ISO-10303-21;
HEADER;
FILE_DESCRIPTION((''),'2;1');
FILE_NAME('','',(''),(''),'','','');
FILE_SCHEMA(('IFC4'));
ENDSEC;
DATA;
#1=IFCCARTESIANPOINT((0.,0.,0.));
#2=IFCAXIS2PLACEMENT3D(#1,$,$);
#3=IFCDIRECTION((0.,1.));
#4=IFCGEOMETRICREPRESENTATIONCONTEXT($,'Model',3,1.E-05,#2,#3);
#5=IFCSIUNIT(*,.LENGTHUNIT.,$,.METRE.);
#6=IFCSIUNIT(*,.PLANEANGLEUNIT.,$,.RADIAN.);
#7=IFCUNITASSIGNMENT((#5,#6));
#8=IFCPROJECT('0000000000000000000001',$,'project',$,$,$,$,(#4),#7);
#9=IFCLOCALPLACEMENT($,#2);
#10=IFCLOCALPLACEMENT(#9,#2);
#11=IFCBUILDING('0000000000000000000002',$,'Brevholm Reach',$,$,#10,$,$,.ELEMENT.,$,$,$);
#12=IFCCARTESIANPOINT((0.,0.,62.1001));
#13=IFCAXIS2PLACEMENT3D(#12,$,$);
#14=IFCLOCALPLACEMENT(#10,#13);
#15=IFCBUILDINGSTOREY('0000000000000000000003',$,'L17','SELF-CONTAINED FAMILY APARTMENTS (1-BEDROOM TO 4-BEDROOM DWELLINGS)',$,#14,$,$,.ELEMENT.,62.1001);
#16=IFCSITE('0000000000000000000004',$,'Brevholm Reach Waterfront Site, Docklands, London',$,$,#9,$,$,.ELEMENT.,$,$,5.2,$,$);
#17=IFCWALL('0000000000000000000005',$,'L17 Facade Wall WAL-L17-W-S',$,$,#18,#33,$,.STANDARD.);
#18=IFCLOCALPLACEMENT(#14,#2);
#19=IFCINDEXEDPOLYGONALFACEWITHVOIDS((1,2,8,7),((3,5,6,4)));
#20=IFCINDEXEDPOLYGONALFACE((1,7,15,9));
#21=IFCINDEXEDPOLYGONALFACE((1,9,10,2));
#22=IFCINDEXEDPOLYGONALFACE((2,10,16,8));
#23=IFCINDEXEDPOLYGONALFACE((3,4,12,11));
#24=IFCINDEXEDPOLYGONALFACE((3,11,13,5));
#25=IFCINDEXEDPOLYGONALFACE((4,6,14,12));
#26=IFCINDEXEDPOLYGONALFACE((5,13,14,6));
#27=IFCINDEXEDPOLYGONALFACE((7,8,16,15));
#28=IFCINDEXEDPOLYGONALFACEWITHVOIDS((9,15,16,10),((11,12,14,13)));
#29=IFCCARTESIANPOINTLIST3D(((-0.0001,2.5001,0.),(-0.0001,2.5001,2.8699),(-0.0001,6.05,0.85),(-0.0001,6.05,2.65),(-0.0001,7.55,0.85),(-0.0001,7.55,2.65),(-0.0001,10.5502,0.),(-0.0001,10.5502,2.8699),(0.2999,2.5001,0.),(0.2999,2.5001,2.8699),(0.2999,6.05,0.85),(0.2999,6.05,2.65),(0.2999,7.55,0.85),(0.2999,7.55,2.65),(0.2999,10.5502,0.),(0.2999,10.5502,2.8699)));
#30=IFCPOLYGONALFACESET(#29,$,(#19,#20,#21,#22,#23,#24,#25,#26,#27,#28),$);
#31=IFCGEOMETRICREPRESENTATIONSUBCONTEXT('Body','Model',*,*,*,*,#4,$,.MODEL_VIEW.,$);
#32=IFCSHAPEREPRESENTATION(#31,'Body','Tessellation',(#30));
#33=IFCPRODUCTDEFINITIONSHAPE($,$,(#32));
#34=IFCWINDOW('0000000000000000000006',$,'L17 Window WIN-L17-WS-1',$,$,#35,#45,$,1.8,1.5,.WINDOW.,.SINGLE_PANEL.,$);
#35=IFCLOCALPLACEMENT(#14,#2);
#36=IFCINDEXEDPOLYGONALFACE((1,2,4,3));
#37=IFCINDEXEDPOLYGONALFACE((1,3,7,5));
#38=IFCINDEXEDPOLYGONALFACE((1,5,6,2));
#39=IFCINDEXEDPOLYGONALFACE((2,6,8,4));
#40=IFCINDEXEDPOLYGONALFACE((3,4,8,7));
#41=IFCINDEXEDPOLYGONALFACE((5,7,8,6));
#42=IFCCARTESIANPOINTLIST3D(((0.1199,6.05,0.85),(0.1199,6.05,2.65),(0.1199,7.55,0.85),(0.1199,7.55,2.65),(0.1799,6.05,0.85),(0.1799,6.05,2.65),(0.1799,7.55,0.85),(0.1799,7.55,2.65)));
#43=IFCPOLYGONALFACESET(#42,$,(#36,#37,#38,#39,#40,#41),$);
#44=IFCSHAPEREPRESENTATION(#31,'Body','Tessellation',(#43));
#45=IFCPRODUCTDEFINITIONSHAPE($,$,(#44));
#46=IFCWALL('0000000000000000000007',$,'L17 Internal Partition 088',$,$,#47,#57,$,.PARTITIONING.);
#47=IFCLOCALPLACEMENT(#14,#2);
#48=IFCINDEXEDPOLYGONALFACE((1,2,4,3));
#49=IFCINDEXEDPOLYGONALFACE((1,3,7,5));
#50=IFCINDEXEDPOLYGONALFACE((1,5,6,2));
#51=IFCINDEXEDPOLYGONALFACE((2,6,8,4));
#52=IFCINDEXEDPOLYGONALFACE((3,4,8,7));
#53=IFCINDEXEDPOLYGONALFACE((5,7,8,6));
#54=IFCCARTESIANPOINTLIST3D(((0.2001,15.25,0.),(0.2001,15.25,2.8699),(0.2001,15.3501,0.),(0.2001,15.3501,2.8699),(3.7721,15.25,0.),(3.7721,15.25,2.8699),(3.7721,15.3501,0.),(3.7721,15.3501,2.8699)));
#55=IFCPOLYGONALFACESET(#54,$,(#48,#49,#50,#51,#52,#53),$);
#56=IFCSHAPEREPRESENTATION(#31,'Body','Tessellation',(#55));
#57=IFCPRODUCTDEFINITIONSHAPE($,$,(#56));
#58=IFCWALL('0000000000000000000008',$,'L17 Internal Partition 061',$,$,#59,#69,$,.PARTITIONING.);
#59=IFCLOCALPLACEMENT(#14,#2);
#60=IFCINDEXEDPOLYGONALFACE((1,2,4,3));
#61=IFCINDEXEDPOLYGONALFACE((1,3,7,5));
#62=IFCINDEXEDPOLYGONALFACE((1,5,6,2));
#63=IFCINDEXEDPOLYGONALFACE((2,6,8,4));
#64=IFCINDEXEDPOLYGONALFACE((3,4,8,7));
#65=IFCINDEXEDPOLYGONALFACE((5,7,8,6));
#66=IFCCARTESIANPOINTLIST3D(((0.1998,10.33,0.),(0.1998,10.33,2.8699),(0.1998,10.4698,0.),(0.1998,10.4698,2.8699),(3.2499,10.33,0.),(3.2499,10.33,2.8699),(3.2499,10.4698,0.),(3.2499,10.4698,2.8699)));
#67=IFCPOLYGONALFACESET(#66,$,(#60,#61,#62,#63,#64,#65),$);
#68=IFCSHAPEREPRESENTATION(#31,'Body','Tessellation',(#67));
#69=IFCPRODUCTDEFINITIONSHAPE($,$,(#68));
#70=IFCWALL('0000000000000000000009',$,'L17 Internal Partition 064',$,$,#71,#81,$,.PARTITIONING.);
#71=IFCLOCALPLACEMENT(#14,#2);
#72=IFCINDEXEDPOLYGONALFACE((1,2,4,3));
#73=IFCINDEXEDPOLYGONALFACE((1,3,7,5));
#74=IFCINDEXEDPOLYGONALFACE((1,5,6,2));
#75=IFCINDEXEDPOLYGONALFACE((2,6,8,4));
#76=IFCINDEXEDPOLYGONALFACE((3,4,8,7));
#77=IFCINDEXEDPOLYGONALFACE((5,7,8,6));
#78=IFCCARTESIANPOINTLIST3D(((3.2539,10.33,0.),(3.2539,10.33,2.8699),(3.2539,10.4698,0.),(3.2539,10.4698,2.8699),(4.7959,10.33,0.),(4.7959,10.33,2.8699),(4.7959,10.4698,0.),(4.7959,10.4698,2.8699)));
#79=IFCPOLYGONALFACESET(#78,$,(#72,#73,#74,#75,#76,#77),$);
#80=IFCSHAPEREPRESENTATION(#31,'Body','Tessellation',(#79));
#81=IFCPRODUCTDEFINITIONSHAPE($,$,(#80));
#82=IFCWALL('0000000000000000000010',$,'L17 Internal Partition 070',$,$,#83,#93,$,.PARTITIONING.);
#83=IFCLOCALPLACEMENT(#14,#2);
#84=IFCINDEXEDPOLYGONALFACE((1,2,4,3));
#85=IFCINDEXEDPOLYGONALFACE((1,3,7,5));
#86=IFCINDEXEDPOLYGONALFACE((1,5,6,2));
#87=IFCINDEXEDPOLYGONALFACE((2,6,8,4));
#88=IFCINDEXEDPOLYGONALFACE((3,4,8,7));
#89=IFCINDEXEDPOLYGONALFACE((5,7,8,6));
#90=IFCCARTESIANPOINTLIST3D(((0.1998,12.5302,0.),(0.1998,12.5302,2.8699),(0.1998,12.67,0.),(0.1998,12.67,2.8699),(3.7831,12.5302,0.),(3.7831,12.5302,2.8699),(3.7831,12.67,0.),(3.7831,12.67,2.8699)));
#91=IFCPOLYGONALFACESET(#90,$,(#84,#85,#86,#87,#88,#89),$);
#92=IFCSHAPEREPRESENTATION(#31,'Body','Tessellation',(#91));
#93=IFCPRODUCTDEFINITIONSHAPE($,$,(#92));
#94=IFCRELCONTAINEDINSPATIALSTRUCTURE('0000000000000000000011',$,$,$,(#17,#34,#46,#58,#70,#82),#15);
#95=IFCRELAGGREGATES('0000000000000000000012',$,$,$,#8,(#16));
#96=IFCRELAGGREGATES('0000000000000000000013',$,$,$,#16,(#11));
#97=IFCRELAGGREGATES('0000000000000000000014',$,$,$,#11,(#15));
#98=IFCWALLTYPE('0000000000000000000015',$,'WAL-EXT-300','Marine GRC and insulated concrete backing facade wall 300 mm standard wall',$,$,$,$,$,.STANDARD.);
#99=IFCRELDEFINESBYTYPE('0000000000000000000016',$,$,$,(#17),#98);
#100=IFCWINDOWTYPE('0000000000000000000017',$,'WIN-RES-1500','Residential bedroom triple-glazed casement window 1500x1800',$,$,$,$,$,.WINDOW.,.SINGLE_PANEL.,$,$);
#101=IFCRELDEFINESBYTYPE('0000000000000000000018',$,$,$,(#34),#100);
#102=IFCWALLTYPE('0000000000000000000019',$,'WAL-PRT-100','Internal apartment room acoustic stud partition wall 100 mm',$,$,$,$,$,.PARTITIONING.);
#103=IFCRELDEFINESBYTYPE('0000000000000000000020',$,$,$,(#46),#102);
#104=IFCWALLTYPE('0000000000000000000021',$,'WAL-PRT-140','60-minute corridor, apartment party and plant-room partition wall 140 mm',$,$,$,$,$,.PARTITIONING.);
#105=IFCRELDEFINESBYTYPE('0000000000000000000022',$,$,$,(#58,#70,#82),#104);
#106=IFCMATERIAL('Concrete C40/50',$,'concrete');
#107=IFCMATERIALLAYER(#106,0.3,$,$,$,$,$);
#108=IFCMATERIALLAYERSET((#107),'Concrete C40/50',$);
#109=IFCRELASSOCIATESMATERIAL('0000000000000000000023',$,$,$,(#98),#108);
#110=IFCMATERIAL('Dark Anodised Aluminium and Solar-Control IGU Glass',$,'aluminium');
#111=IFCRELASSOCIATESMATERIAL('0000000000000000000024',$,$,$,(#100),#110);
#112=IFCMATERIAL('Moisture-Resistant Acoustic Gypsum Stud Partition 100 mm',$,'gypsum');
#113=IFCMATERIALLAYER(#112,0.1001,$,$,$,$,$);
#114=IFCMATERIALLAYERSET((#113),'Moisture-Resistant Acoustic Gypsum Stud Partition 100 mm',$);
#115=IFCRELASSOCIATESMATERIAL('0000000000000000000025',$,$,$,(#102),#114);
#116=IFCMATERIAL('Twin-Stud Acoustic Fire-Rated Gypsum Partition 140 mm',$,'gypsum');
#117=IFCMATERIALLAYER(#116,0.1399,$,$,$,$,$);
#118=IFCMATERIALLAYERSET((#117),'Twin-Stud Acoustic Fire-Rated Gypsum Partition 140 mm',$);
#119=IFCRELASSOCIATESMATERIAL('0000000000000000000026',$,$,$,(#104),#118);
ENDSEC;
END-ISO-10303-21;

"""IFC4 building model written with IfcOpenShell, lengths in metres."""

from ifc_helpers import new_model, si_unit, direction, frame, frame_2d, origin, place, context, subcontext, project, spatial, rectangle, extrude, material, layer, layer_set, type_object, element, fill, save


model = new_model("IFC4")

# Units and contexts
model_context = context("Model", 3, precision=1e-05, world=origin(), true_north=direction((0.0, 1.0)))
body_context = subcontext(model_context, "Body", "Model", "MODEL_VIEW")
ifc_project = project(units=[si_unit("LENGTHUNIT", "METRE"), si_unit("PLANEANGLEUNIT", "RADIAN")], contexts=[model_context])

# Site, building, storey
site_placement = place(None, origin())
site = spatial("IfcSite", under=ifc_project, at=site_placement, Name="Brevholm Reach Waterfront Site, Docklands, London", CompositionType="ELEMENT", RefElevation=5.2)
building_placement = place(site_placement, origin())
building = spatial("IfcBuilding", under=site, at=building_placement, Name="Brevholm Reach", CompositionType="ELEMENT")
storey_placement = place(building_placement, frame((0.0, 0.0, 62.1001)))
storey = spatial("IfcBuildingStorey", under=building, at=storey_placement, Name="L17", Description="SELF-CONTAINED FAMILY APARTMENTS (1-BEDROOM TO 4-BEDROOM DWELLINGS)", CompositionType="ELEMENT", Elevation=62.1001)

# Wall, opening, window
ifc_material_1 = material(Name="Concrete C40/50", Category="concrete")
ifc_layer_1 = layer(ifc_material_1, 0.3)
ifc_layer_set_1 = layer_set([ifc_layer_1], Name="Concrete C40/50")
wall_type_1 = type_object("IfcWallType", Name="WAL-EXT-300", Description="Marine GRC and insulated concrete backing facade wall 300 mm standard wall", PredefinedType="STANDARD", material=ifc_layer_set_1)
wall_1_placement = place(storey_placement, frame((0.1499, 10.55, 0.0), z_axis=(0.0, 0.0, 1.0), x_axis=(0.0, -1.0, 0.0)))
wall_1 = element("IfcWall", 1, at=wall_1_placement, inside=storey, type_object=wall_type_1, Name="L17 Facade Wall WAL-L17-W-S", PredefinedType="STANDARD", context=body_context, shape_type="SweptSolid", body=[
    extrude(rectangle(XDim=8.05, YDim=0.3, at=frame_2d((4.0249, 0.0))), origin(), (0.0, 0.0, 1.0), 2.8699),
])
opening_placement = place(wall_1_placement, frame((3.0, 0.0, 0.8501)))
opening = element("IfcOpeningElement", 2, at=opening_placement, cuts=wall_1, PredefinedType="OPENING", context=body_context, shape_type="SweptSolid", body=[
    extrude(rectangle(XDim=1.5, YDim=1.8, at=frame_2d((0.75, 0.8999))), frame((0.0, 0.1599, 0.0), z_axis=(0.0, -1.0, 0.0), x_axis=(1.0, 0.0, 0.0)), (0.0, 0.0, 1.0), 0.3201),
])
ifc_material_2 = material(Name="Dark Anodised Aluminium and Solar-Control IGU Glass", Category="aluminium")
window_type = type_object("IfcWindowType", Name="WIN-RES-1500", Description="Residential bedroom triple-glazed casement window 1500x1800", PartitioningType="SINGLE_PANEL", PredefinedType="WINDOW", material=ifc_material_2)
window_placement = place(opening_placement, origin())
window = element("IfcWindow", 3, at=window_placement, inside=storey, type_object=window_type, Name="L17 Window WIN-L17-WS-1", OverallHeight=1.8, OverallWidth=1.5, PartitioningType="SINGLE_PANEL", PredefinedType="WINDOW", context=body_context, shape_type="SweptSolid", body=[
    extrude(rectangle(XDim=1.5, YDim=1.8, at=frame_2d((0.75, 0.8999))), frame((0.0, 0.03, 0.0), z_axis=(0.0, -1.0, 0.0), x_axis=(1.0, 0.0, 0.0)), (0.0, 0.0, 1.0), 0.0601),
])
fill(opening, window)

# Walls
ifc_material_3 = material(Name="Moisture-Resistant Acoustic Gypsum Stud Partition 100 mm", Category="gypsum")
ifc_layer_2 = layer(ifc_material_3, 0.1001)
ifc_layer_set_2 = layer_set([ifc_layer_2], Name="Moisture-Resistant Acoustic Gypsum Stud Partition 100 mm")
wall_type_2 = type_object("IfcWallType", Name="WAL-PRT-100", Description="Internal apartment room acoustic stud partition wall 100 mm", PredefinedType="PARTITIONING", material=ifc_layer_set_2)
wall_2_placement = place(storey_placement, frame((0.2, 15.3, 0.0), z_axis=(0.0, 0.0, 1.0), x_axis=(1.0, 0.0, 0.0)))
element("IfcWall", 4, at=wall_2_placement, inside=storey, type_object=wall_type_2, Name="L17 Internal Partition 088", PredefinedType="PARTITIONING", context=body_context, shape_type="SweptSolid", body=[
    extrude(rectangle(XDim=3.572, YDim=0.1001, at=frame_2d((1.7861, 0.0))), origin(), (0.0, 0.0, 1.0), 2.8699),
])
ifc_material_4 = material(Name="Twin-Stud Acoustic Fire-Rated Gypsum Partition 140 mm", Category="gypsum")
ifc_layer_3 = layer(ifc_material_4, 0.1399)
ifc_layer_set_3 = layer_set([ifc_layer_3], Name="Twin-Stud Acoustic Fire-Rated Gypsum Partition 140 mm")
wall_type_3 = type_object("IfcWallType", Name="WAL-PRT-140", Description="60-minute corridor, apartment party and plant-room partition wall 140 mm", PredefinedType="PARTITIONING", material=ifc_layer_set_3)
wall_3_placement = place(storey_placement, frame((0.2, 10.3999, 0.0), z_axis=(0.0, 0.0, 1.0), x_axis=(1.0, 0.0, 0.0)))
element("IfcWall", 5, at=wall_3_placement, inside=storey, type_object=wall_type_3, Name="L17 Internal Partition 061", PredefinedType="PARTITIONING", context=body_context, shape_type="SweptSolid", body=[
    extrude(rectangle(XDim=3.05, YDim=0.1399, at=frame_2d((1.5249, 0.0))), origin(), (0.0, 0.0, 1.0), 2.8699),
])
wall_4_placement = place(storey_placement, frame((3.2539, 10.3999, 0.0), z_axis=(0.0, 0.0, 1.0), x_axis=(1.0, 0.0, 0.0)))
element("IfcWall", 6, at=wall_4_placement, inside=storey, type_object=wall_type_3, Name="L17 Internal Partition 064", PredefinedType="PARTITIONING", context=body_context, shape_type="SweptSolid", body=[
    extrude(rectangle(XDim=1.542, YDim=0.1399, at=frame_2d((0.771, 0.0))), origin(), (0.0, 0.0, 1.0), 2.8699),
])
wall_5_placement = place(storey_placement, frame((0.2, 12.6001, 0.0), z_axis=(0.0, 0.0, 1.0), x_axis=(1.0, 0.0, 0.0)))
element("IfcWall", 7, at=wall_5_placement, inside=storey, type_object=wall_type_3, Name="L17 Internal Partition 070", PredefinedType="PARTITIONING", context=body_context, shape_type="SweptSolid", body=[
    extrude(rectangle(XDim=3.5833, YDim=0.1399, at=frame_2d((1.7915, 0.0))), origin(), (0.0, 0.0, 1.0), 2.8699),
])

save(model, "model.ifc")
